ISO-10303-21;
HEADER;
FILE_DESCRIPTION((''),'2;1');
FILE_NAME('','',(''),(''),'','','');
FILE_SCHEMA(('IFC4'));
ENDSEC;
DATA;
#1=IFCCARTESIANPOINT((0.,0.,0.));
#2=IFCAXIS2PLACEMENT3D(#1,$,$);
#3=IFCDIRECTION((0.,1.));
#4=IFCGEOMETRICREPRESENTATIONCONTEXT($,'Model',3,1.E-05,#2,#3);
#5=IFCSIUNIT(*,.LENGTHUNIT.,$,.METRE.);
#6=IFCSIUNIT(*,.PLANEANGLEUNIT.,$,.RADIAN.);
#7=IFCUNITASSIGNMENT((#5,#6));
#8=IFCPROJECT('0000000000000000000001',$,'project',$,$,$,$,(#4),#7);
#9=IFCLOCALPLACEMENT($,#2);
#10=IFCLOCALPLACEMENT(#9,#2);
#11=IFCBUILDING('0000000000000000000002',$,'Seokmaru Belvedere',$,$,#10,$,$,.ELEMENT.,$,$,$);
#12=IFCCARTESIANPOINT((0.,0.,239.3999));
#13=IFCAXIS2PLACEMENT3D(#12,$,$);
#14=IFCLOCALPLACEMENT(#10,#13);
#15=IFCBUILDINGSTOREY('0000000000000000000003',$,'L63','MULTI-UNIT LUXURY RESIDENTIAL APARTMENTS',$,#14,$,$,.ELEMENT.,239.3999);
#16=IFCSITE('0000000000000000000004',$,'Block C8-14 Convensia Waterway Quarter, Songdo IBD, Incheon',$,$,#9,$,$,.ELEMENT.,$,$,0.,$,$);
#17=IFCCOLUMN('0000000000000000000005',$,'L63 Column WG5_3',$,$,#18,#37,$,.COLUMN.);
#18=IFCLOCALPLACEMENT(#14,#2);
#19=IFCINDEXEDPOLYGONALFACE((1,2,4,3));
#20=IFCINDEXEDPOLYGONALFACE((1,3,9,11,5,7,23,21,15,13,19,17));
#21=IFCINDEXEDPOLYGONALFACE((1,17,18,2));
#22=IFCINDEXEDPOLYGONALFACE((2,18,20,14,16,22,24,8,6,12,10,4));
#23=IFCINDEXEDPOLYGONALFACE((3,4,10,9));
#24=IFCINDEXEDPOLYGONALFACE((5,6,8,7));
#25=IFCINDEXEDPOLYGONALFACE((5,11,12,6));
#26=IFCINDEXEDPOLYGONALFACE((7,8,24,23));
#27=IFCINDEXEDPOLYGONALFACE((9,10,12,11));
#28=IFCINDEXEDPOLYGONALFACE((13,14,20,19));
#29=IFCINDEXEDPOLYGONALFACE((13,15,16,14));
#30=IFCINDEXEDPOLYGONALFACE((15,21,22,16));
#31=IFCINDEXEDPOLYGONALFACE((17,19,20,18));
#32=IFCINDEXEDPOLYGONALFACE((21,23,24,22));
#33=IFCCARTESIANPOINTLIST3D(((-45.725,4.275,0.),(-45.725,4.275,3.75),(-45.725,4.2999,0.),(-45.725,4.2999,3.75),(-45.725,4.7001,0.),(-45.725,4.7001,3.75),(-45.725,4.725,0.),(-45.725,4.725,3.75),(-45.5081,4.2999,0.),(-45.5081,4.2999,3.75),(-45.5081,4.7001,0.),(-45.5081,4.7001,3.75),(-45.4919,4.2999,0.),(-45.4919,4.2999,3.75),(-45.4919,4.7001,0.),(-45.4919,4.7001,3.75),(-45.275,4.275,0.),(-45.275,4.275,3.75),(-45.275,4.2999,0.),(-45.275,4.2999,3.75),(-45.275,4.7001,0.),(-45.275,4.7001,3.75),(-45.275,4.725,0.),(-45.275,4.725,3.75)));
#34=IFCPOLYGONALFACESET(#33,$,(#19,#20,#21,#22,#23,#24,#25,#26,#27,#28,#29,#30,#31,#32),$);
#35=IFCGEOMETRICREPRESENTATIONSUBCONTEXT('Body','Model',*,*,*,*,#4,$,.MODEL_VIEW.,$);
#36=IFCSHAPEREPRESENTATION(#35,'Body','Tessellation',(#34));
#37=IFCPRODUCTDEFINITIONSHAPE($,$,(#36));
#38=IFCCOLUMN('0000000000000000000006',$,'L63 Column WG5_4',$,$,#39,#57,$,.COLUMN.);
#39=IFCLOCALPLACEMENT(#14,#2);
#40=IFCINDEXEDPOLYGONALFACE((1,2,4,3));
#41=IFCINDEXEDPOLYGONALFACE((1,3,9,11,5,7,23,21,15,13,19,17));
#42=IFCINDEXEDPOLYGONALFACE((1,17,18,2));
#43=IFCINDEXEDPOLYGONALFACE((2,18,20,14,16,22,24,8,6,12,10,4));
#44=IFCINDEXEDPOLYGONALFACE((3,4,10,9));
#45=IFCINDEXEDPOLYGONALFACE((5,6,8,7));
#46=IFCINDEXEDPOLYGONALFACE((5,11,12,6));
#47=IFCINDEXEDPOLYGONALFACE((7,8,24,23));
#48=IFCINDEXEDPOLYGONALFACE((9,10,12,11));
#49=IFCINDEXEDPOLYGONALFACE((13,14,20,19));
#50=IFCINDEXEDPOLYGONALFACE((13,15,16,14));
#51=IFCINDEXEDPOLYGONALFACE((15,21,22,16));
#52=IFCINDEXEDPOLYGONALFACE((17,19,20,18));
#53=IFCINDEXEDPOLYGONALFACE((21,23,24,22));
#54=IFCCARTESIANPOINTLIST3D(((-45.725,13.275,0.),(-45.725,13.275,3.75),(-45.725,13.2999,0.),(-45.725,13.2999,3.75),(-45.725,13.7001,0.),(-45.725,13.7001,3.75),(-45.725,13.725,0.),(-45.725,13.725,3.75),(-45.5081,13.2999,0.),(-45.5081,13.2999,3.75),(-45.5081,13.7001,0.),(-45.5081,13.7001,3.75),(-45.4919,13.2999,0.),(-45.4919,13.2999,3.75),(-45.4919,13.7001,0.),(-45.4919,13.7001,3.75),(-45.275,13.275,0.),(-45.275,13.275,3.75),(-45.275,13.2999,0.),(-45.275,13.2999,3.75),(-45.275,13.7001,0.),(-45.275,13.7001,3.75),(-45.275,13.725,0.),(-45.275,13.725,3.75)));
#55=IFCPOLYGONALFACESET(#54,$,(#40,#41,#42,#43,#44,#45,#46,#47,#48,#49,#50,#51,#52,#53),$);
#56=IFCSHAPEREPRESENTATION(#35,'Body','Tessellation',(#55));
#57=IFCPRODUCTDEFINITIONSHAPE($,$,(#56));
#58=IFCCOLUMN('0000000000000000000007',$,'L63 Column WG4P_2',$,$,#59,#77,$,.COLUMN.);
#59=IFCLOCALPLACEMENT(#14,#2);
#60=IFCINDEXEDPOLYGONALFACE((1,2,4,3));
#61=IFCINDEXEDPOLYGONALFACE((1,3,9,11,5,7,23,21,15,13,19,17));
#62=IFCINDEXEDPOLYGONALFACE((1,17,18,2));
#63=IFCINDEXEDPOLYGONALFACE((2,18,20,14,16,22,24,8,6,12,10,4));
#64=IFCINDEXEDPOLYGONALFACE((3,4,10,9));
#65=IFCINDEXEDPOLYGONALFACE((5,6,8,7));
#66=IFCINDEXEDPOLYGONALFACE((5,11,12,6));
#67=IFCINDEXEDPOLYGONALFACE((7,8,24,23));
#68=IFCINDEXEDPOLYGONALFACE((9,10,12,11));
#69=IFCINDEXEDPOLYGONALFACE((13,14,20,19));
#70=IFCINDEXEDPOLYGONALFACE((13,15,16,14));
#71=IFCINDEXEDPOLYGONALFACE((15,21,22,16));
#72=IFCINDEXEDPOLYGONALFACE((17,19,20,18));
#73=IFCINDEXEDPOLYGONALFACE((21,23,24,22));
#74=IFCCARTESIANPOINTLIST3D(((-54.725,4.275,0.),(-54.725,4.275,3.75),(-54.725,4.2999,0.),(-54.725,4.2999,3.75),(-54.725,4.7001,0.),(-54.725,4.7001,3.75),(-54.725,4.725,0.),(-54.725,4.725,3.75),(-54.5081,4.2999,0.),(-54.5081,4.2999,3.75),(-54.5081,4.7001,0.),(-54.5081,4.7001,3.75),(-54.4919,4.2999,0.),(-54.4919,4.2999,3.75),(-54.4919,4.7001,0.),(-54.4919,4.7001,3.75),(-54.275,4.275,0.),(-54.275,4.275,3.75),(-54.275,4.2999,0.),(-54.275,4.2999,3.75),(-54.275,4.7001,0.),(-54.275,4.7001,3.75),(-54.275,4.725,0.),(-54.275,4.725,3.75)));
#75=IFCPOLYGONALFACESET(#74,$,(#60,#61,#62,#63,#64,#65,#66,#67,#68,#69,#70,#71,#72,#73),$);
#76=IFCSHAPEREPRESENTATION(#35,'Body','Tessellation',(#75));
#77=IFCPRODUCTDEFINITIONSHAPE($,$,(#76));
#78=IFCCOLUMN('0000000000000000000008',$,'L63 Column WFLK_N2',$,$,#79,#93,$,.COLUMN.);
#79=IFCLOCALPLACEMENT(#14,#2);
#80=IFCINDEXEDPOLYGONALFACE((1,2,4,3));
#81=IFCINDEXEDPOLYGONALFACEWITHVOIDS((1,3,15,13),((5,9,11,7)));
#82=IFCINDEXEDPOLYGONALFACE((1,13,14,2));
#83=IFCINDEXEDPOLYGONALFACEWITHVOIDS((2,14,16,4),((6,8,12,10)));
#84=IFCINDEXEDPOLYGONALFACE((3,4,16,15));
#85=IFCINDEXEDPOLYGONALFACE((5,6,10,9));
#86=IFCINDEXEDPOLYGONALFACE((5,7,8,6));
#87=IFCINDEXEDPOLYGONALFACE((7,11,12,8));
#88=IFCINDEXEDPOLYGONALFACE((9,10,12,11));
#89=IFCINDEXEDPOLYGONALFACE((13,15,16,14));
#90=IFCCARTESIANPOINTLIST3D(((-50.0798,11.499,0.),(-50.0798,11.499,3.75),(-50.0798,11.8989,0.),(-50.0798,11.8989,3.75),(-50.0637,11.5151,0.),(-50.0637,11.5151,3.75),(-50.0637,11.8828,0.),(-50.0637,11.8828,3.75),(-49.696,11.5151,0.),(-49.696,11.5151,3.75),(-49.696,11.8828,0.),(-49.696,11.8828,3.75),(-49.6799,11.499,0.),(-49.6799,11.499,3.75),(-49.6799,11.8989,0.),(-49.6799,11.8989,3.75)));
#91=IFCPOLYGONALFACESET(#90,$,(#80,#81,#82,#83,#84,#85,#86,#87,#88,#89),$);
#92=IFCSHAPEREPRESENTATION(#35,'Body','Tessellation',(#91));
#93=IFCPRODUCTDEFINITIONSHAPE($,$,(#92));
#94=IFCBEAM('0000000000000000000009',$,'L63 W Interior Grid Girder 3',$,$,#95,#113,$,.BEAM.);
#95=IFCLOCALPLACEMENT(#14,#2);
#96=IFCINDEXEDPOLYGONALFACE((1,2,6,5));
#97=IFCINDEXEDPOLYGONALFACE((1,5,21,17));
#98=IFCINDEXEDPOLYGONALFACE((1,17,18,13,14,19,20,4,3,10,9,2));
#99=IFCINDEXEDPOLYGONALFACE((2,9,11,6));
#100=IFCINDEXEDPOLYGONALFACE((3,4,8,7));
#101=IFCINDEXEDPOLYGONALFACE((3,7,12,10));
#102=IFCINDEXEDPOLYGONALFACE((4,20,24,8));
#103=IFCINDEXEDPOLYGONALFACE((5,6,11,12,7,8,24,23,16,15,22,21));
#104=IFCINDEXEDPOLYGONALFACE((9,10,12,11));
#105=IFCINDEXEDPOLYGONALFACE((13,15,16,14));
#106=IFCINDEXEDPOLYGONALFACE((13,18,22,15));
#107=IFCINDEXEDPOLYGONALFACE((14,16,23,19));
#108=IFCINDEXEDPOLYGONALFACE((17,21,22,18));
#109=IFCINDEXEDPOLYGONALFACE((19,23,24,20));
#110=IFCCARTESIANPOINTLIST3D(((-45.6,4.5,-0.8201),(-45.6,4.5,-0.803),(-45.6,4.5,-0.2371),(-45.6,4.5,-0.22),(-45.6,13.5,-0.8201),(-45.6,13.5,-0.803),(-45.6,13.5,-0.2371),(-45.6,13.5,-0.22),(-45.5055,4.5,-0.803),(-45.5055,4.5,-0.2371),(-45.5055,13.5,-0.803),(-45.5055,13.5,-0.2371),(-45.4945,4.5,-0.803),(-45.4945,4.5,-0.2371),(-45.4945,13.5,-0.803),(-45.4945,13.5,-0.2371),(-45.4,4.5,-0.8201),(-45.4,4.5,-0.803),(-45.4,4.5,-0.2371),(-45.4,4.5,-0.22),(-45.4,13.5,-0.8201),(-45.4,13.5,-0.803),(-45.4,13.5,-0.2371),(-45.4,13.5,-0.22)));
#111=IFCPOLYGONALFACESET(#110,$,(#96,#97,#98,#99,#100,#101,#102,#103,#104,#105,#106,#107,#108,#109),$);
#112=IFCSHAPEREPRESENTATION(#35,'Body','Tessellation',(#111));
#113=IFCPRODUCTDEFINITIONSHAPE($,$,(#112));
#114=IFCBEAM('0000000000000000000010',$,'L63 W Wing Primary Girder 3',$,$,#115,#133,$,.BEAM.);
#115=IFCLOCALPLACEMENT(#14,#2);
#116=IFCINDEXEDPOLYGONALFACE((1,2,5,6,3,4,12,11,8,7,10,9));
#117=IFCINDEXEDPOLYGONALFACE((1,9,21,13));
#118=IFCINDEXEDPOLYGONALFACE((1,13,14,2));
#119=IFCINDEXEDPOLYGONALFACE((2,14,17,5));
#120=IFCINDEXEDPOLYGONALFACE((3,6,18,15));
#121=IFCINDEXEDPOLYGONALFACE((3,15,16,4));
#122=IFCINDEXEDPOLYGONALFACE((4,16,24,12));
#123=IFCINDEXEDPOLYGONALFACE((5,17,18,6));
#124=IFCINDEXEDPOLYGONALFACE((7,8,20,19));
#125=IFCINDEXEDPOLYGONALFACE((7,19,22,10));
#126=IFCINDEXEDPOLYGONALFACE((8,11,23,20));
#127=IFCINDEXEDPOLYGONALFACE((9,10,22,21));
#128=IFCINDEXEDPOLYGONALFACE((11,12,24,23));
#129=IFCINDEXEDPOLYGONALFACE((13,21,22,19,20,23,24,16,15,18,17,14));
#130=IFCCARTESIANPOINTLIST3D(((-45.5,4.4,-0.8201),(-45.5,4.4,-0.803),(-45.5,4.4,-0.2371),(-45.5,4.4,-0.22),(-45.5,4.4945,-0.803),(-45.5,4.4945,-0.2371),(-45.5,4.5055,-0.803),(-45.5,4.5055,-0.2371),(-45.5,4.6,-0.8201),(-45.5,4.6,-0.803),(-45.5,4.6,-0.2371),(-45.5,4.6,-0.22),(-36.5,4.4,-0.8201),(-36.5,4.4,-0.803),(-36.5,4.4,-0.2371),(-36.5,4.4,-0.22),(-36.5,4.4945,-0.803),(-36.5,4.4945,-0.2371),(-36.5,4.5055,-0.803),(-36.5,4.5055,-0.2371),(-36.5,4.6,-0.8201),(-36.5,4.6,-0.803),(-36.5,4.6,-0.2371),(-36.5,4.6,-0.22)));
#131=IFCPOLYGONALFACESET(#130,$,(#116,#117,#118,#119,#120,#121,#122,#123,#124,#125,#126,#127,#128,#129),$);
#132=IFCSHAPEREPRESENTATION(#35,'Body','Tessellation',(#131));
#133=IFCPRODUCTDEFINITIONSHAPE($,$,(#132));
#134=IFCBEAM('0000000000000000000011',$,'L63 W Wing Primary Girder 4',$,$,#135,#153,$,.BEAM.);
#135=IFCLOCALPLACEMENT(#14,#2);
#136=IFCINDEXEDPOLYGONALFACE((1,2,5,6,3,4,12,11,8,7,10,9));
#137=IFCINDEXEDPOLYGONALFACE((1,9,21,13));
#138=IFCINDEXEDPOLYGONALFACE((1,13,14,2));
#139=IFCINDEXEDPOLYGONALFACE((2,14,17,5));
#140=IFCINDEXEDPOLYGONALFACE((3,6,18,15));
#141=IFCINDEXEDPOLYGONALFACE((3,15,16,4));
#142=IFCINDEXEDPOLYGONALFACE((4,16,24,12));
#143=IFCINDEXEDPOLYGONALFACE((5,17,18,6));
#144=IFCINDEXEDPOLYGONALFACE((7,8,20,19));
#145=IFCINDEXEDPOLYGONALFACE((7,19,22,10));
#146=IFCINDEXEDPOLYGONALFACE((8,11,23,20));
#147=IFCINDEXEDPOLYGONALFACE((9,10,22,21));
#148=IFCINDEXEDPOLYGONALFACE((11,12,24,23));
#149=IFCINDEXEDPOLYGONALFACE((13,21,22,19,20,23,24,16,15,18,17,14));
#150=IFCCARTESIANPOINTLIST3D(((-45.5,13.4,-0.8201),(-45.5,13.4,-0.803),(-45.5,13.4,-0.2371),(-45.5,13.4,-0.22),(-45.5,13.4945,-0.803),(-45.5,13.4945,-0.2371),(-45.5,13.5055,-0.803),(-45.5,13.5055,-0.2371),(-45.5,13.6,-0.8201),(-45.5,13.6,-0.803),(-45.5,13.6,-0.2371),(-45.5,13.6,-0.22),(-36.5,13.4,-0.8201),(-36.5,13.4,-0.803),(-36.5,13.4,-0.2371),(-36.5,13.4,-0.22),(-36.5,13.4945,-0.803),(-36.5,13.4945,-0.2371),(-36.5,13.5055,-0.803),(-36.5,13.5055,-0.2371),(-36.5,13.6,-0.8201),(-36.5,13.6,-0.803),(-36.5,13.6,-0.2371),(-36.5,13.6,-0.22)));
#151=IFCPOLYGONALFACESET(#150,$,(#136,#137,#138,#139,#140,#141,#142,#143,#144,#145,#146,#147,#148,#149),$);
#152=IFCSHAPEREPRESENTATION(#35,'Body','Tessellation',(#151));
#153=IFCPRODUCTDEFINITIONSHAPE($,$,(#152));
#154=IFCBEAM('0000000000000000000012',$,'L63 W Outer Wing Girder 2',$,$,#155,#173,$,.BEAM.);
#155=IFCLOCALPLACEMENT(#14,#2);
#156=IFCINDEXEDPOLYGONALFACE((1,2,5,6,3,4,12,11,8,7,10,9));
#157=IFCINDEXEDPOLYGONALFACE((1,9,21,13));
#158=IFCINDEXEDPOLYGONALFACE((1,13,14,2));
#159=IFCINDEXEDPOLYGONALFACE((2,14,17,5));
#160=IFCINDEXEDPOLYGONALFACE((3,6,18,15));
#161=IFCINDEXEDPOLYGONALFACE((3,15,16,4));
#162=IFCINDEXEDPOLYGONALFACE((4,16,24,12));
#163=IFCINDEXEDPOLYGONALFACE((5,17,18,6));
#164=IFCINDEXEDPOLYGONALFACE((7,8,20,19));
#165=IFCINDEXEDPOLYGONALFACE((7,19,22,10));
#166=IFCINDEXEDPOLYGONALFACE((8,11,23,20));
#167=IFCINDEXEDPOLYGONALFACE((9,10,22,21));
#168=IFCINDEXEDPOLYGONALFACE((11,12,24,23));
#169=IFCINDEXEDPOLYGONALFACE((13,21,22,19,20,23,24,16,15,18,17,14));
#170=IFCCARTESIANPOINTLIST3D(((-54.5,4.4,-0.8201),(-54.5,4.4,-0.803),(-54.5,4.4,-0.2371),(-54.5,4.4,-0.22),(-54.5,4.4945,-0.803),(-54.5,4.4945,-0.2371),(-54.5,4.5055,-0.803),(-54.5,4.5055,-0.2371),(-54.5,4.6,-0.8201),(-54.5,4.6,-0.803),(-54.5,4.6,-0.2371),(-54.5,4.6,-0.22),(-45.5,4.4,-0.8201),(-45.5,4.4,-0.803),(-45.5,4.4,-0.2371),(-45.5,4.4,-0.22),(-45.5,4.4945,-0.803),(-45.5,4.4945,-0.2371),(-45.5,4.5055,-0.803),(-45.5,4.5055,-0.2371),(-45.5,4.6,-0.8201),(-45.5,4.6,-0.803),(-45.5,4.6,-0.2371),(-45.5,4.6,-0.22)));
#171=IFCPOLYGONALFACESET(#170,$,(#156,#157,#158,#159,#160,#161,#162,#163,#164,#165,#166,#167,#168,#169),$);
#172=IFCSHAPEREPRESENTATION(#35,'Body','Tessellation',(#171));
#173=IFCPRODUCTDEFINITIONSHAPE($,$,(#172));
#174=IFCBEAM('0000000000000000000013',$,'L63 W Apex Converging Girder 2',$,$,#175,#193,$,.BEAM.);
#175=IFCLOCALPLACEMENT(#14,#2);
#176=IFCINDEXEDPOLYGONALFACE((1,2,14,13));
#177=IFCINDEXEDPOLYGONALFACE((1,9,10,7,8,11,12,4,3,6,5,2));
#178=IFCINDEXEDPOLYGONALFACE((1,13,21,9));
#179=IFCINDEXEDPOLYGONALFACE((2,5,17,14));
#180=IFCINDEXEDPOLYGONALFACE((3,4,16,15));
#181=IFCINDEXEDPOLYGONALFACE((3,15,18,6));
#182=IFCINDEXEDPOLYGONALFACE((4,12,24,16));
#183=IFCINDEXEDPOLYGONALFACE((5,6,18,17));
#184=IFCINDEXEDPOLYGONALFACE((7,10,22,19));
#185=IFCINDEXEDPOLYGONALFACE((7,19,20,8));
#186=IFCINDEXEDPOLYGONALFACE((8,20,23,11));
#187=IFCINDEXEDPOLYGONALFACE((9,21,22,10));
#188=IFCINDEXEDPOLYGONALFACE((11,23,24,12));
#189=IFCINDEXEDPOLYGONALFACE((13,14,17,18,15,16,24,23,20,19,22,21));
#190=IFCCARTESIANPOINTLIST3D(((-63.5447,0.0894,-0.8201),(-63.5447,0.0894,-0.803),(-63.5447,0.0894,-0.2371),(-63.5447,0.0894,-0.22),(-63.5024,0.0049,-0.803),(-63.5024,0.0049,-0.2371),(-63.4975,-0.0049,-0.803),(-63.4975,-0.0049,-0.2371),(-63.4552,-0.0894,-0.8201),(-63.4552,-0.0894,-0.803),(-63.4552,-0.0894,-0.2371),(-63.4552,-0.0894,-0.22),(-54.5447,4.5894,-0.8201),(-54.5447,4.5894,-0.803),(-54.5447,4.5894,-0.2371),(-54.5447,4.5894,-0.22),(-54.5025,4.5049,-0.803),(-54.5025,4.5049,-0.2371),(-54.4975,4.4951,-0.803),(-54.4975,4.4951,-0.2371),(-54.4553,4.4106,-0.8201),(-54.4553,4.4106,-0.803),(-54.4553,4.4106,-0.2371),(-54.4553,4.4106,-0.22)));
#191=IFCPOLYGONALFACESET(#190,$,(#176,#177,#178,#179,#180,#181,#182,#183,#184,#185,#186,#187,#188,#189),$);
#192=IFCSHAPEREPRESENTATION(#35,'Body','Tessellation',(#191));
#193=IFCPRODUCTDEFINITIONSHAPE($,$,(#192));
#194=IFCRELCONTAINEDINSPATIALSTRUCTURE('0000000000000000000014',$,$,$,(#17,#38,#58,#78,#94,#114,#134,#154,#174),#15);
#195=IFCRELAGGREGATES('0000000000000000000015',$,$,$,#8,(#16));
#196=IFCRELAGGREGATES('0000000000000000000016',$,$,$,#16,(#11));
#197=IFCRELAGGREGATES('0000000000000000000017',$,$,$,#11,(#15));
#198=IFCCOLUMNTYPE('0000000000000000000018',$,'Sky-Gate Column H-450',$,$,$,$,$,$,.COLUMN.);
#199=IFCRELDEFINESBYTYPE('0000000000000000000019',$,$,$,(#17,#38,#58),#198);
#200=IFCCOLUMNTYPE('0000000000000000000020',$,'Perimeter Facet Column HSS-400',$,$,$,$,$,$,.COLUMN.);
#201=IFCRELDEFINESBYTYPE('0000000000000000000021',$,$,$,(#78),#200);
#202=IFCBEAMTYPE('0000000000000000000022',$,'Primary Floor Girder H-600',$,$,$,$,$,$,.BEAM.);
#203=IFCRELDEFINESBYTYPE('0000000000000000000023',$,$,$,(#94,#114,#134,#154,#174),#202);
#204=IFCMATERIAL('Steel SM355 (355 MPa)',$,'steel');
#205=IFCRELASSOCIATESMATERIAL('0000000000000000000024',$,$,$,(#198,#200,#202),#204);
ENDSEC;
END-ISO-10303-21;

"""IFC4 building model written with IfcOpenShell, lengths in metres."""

from ifc_helpers import new_model, si_unit, direction, frame, origin, origin_2d, place, context, subcontext, project, spatial, hollow_rectangle, i_section, extrude, source, transform, mapped, material, material_profile, profile_set, type_object, type_shapes, element, save


model = new_model("IFC4")

# Units and contexts
model_context = context("Model", 3, precision=1e-05, world=origin(), true_north=direction((0.0, 1.0)))
body_context = subcontext(model_context, "Body", "Model", "MODEL_VIEW")
ifc_project = project(units=[si_unit("LENGTHUNIT", "METRE"), si_unit("PLANEANGLEUNIT", "RADIAN")], contexts=[model_context])

# Site, building, storey
site_placement = place(None, origin())
site = spatial("IfcSite", under=ifc_project, at=site_placement, Name="Block C8-14 Convensia Waterway Quarter, Songdo IBD, Incheon", CompositionType="ELEMENT", RefElevation=0.0)
building_placement = place(site_placement, origin())
building = spatial("IfcBuilding", under=site, at=building_placement, Name="Seokmaru Belvedere", CompositionType="ELEMENT")
storey_placement = place(building_placement, frame((0.0, 0.0, 239.3999)))
storey = spatial("IfcBuildingStorey", under=building, at=storey_placement, Name="L63", Description="MULTI-UNIT LUXURY RESIDENTIAL APARTMENTS", CompositionType="ELEMENT", Elevation=239.3999)

# Columns
ifc_material_1 = material(Name="Steel SM355 (355 MPa)", Category="steel")
ifc_material_profile_1 = material_profile(ifc_material_1, i_section(OverallWidth=0.45, OverallDepth=0.45, WebThickness=0.0161, FlangeThickness=0.0249, at=origin_2d()), Name="H-450x450x16x25")
ifc_profile_set_1 = profile_set([ifc_material_profile_1], Name="Steel SM355 (355 MPa)")
column_type_1 = type_object("IfcColumnType", Name="Sky-Gate Column H-450", PredefinedType="COLUMN", material=ifc_profile_set_1)
shared_shape_1 = source(origin(), body_context, "Body", "SweptSolid", [
    extrude(i_section(OverallWidth=0.45, OverallDepth=0.45, WebThickness=0.0161, FlangeThickness=0.0249, at=origin_2d()), origin(), (0.0, 0.0, 1.0), 3.75),
])
type_shapes(column_type_1, [shared_shape_1])
for number, where, z_axis, x_axis, name in (
    (1, (-45.5, 4.5, 0.0), (0.0, 0.0, 1.0), (1.0, 0.0, 0.0), "L63 Column WG5_3"),
    (2, (-45.5, 13.5, 0.0), (0.0, 0.0, 1.0), (1.0, 0.0, 0.0), "L63 Column WG5_4"),
    (3, (-54.5, 4.5, 0.0), (0.0, 0.0, 1.0), (1.0, 0.0, 0.0), "L63 Column WG4P_2"),
):
    element("IfcColumn", number, at=place(storey_placement, frame(where, z_axis=z_axis, x_axis=x_axis)), inside=storey, type_object=column_type_1, Name=name, PredefinedType="COLUMN", context=body_context, shape_type="MappedRepresentation", body=[
        mapped(shared_shape_1, transform((0.0, 0.0, 0.0), scale=1.0)),
    ])
ifc_material_profile_2 = material_profile(ifc_material_1, hollow_rectangle(XDim=0.3999, YDim=0.3999, WallThickness=0.0161, at=origin_2d()), Name="HSS-400x400x16")
ifc_profile_set_2 = profile_set([ifc_material_profile_2], Name="Steel SM355 (355 MPa)")
column_type_2 = type_object("IfcColumnType", Name="Perimeter Facet Column HSS-400", PredefinedType="COLUMN", material=ifc_profile_set_2)
shared_shape_2 = source(origin(), body_context, "Body", "SweptSolid", [
    extrude(hollow_rectangle(XDim=0.3999, YDim=0.3999, WallThickness=0.0161, at=origin_2d()), origin(), (0.0, 0.0, 1.0), 3.75),
])
type_shapes(column_type_2, [shared_shape_2])
column_placement = place(storey_placement, frame((-49.8799, 11.699, 0.0), z_axis=(0.0, 0.0, 1.0), x_axis=(1.0, 0.0, 0.0)))
element("IfcColumn", 4, at=column_placement, inside=storey, type_object=column_type_2, Name="L63 Column WFLK_N2", PredefinedType="COLUMN", context=body_context, shape_type="MappedRepresentation", body=[
    mapped(shared_shape_2, transform((0.0, 0.0, 0.0), scale=1.0)),
])

# Beams
ifc_material_profile_3 = material_profile(ifc_material_1, i_section(OverallWidth=0.2, OverallDepth=0.6001, WebThickness=0.011, FlangeThickness=0.0171, at=origin_2d()), Name="H-600x200x11x17")
ifc_profile_set_3 = profile_set([ifc_material_profile_3], Name="Steel SM355 (355 MPa)")
beam_type_1 = type_object("IfcBeamType", Name="Primary Floor Girder H-600", PredefinedType="BEAM", material=ifc_profile_set_3)
shared_shape_3 = source(origin(), body_context, "Body", "SweptSolid", [
    extrude(i_section(OverallWidth=0.2, OverallDepth=0.6001, WebThickness=0.011, FlangeThickness=0.0171, at=origin_2d()), origin(), (0.0, 0.0, 1.0), 9.0),
])
for number, where, z_axis, x_axis, name in (
    (5, (-45.5, 4.5, -0.52), (0.0, 1.0, 0.0), (-1.0, 0.0, 0.0), "L63 W Interior Grid Girder 3"),
    (6, (-45.5, 4.5, -0.52), (1.0, 0.0, 0.0), (0.0, 1.0, 0.0), "L63 W Wing Primary Girder 3"),
    (7, (-45.5, 13.5, -0.52), (1.0, 0.0, 0.0), (0.0, 1.0, 0.0), "L63 W Wing Primary Girder 4"),
    (8, (-54.5, 4.5, -0.52), (1.0, 0.0, 0.0), (0.0, 1.0, 0.0), "L63 W Outer Wing Girder 2"),
):
    element("IfcBeam", number, at=place(storey_placement, frame(where, z_axis=z_axis, x_axis=x_axis)), inside=storey, type_object=beam_type_1, Name=name, PredefinedType="BEAM", context=body_context, shape_type="MappedRepresentation", body=[
        mapped(shared_shape_3, transform((0.0, 0.0, 0.0), scale=1.0)),
    ])
shared_shape_4 = source(origin(), body_context, "Body", "SweptSolid", [
    extrude(i_section(OverallWidth=0.2, OverallDepth=0.6001, WebThickness=0.011, FlangeThickness=0.0171, at=origin_2d()), origin(), (0.0, 0.0, 1.0), 10.0623),
])
beam_1_placement = place(storey_placement, frame((-54.5, 4.5, -0.52), z_axis=(-0.894427, -0.447214, 0.0), x_axis=(0.447214, -0.894427, 0.0)))
element("IfcBeam", 9, at=beam_1_placement, inside=storey, type_object=beam_type_1, Name="L63 W Apex Converging Girder 2", PredefinedType="BEAM", context=body_context, shape_type="MappedRepresentation", body=[
    mapped(shared_shape_4, transform((0.0, 0.0, 0.0), scale=1.0)),
])

save(model, "model.ifc")
